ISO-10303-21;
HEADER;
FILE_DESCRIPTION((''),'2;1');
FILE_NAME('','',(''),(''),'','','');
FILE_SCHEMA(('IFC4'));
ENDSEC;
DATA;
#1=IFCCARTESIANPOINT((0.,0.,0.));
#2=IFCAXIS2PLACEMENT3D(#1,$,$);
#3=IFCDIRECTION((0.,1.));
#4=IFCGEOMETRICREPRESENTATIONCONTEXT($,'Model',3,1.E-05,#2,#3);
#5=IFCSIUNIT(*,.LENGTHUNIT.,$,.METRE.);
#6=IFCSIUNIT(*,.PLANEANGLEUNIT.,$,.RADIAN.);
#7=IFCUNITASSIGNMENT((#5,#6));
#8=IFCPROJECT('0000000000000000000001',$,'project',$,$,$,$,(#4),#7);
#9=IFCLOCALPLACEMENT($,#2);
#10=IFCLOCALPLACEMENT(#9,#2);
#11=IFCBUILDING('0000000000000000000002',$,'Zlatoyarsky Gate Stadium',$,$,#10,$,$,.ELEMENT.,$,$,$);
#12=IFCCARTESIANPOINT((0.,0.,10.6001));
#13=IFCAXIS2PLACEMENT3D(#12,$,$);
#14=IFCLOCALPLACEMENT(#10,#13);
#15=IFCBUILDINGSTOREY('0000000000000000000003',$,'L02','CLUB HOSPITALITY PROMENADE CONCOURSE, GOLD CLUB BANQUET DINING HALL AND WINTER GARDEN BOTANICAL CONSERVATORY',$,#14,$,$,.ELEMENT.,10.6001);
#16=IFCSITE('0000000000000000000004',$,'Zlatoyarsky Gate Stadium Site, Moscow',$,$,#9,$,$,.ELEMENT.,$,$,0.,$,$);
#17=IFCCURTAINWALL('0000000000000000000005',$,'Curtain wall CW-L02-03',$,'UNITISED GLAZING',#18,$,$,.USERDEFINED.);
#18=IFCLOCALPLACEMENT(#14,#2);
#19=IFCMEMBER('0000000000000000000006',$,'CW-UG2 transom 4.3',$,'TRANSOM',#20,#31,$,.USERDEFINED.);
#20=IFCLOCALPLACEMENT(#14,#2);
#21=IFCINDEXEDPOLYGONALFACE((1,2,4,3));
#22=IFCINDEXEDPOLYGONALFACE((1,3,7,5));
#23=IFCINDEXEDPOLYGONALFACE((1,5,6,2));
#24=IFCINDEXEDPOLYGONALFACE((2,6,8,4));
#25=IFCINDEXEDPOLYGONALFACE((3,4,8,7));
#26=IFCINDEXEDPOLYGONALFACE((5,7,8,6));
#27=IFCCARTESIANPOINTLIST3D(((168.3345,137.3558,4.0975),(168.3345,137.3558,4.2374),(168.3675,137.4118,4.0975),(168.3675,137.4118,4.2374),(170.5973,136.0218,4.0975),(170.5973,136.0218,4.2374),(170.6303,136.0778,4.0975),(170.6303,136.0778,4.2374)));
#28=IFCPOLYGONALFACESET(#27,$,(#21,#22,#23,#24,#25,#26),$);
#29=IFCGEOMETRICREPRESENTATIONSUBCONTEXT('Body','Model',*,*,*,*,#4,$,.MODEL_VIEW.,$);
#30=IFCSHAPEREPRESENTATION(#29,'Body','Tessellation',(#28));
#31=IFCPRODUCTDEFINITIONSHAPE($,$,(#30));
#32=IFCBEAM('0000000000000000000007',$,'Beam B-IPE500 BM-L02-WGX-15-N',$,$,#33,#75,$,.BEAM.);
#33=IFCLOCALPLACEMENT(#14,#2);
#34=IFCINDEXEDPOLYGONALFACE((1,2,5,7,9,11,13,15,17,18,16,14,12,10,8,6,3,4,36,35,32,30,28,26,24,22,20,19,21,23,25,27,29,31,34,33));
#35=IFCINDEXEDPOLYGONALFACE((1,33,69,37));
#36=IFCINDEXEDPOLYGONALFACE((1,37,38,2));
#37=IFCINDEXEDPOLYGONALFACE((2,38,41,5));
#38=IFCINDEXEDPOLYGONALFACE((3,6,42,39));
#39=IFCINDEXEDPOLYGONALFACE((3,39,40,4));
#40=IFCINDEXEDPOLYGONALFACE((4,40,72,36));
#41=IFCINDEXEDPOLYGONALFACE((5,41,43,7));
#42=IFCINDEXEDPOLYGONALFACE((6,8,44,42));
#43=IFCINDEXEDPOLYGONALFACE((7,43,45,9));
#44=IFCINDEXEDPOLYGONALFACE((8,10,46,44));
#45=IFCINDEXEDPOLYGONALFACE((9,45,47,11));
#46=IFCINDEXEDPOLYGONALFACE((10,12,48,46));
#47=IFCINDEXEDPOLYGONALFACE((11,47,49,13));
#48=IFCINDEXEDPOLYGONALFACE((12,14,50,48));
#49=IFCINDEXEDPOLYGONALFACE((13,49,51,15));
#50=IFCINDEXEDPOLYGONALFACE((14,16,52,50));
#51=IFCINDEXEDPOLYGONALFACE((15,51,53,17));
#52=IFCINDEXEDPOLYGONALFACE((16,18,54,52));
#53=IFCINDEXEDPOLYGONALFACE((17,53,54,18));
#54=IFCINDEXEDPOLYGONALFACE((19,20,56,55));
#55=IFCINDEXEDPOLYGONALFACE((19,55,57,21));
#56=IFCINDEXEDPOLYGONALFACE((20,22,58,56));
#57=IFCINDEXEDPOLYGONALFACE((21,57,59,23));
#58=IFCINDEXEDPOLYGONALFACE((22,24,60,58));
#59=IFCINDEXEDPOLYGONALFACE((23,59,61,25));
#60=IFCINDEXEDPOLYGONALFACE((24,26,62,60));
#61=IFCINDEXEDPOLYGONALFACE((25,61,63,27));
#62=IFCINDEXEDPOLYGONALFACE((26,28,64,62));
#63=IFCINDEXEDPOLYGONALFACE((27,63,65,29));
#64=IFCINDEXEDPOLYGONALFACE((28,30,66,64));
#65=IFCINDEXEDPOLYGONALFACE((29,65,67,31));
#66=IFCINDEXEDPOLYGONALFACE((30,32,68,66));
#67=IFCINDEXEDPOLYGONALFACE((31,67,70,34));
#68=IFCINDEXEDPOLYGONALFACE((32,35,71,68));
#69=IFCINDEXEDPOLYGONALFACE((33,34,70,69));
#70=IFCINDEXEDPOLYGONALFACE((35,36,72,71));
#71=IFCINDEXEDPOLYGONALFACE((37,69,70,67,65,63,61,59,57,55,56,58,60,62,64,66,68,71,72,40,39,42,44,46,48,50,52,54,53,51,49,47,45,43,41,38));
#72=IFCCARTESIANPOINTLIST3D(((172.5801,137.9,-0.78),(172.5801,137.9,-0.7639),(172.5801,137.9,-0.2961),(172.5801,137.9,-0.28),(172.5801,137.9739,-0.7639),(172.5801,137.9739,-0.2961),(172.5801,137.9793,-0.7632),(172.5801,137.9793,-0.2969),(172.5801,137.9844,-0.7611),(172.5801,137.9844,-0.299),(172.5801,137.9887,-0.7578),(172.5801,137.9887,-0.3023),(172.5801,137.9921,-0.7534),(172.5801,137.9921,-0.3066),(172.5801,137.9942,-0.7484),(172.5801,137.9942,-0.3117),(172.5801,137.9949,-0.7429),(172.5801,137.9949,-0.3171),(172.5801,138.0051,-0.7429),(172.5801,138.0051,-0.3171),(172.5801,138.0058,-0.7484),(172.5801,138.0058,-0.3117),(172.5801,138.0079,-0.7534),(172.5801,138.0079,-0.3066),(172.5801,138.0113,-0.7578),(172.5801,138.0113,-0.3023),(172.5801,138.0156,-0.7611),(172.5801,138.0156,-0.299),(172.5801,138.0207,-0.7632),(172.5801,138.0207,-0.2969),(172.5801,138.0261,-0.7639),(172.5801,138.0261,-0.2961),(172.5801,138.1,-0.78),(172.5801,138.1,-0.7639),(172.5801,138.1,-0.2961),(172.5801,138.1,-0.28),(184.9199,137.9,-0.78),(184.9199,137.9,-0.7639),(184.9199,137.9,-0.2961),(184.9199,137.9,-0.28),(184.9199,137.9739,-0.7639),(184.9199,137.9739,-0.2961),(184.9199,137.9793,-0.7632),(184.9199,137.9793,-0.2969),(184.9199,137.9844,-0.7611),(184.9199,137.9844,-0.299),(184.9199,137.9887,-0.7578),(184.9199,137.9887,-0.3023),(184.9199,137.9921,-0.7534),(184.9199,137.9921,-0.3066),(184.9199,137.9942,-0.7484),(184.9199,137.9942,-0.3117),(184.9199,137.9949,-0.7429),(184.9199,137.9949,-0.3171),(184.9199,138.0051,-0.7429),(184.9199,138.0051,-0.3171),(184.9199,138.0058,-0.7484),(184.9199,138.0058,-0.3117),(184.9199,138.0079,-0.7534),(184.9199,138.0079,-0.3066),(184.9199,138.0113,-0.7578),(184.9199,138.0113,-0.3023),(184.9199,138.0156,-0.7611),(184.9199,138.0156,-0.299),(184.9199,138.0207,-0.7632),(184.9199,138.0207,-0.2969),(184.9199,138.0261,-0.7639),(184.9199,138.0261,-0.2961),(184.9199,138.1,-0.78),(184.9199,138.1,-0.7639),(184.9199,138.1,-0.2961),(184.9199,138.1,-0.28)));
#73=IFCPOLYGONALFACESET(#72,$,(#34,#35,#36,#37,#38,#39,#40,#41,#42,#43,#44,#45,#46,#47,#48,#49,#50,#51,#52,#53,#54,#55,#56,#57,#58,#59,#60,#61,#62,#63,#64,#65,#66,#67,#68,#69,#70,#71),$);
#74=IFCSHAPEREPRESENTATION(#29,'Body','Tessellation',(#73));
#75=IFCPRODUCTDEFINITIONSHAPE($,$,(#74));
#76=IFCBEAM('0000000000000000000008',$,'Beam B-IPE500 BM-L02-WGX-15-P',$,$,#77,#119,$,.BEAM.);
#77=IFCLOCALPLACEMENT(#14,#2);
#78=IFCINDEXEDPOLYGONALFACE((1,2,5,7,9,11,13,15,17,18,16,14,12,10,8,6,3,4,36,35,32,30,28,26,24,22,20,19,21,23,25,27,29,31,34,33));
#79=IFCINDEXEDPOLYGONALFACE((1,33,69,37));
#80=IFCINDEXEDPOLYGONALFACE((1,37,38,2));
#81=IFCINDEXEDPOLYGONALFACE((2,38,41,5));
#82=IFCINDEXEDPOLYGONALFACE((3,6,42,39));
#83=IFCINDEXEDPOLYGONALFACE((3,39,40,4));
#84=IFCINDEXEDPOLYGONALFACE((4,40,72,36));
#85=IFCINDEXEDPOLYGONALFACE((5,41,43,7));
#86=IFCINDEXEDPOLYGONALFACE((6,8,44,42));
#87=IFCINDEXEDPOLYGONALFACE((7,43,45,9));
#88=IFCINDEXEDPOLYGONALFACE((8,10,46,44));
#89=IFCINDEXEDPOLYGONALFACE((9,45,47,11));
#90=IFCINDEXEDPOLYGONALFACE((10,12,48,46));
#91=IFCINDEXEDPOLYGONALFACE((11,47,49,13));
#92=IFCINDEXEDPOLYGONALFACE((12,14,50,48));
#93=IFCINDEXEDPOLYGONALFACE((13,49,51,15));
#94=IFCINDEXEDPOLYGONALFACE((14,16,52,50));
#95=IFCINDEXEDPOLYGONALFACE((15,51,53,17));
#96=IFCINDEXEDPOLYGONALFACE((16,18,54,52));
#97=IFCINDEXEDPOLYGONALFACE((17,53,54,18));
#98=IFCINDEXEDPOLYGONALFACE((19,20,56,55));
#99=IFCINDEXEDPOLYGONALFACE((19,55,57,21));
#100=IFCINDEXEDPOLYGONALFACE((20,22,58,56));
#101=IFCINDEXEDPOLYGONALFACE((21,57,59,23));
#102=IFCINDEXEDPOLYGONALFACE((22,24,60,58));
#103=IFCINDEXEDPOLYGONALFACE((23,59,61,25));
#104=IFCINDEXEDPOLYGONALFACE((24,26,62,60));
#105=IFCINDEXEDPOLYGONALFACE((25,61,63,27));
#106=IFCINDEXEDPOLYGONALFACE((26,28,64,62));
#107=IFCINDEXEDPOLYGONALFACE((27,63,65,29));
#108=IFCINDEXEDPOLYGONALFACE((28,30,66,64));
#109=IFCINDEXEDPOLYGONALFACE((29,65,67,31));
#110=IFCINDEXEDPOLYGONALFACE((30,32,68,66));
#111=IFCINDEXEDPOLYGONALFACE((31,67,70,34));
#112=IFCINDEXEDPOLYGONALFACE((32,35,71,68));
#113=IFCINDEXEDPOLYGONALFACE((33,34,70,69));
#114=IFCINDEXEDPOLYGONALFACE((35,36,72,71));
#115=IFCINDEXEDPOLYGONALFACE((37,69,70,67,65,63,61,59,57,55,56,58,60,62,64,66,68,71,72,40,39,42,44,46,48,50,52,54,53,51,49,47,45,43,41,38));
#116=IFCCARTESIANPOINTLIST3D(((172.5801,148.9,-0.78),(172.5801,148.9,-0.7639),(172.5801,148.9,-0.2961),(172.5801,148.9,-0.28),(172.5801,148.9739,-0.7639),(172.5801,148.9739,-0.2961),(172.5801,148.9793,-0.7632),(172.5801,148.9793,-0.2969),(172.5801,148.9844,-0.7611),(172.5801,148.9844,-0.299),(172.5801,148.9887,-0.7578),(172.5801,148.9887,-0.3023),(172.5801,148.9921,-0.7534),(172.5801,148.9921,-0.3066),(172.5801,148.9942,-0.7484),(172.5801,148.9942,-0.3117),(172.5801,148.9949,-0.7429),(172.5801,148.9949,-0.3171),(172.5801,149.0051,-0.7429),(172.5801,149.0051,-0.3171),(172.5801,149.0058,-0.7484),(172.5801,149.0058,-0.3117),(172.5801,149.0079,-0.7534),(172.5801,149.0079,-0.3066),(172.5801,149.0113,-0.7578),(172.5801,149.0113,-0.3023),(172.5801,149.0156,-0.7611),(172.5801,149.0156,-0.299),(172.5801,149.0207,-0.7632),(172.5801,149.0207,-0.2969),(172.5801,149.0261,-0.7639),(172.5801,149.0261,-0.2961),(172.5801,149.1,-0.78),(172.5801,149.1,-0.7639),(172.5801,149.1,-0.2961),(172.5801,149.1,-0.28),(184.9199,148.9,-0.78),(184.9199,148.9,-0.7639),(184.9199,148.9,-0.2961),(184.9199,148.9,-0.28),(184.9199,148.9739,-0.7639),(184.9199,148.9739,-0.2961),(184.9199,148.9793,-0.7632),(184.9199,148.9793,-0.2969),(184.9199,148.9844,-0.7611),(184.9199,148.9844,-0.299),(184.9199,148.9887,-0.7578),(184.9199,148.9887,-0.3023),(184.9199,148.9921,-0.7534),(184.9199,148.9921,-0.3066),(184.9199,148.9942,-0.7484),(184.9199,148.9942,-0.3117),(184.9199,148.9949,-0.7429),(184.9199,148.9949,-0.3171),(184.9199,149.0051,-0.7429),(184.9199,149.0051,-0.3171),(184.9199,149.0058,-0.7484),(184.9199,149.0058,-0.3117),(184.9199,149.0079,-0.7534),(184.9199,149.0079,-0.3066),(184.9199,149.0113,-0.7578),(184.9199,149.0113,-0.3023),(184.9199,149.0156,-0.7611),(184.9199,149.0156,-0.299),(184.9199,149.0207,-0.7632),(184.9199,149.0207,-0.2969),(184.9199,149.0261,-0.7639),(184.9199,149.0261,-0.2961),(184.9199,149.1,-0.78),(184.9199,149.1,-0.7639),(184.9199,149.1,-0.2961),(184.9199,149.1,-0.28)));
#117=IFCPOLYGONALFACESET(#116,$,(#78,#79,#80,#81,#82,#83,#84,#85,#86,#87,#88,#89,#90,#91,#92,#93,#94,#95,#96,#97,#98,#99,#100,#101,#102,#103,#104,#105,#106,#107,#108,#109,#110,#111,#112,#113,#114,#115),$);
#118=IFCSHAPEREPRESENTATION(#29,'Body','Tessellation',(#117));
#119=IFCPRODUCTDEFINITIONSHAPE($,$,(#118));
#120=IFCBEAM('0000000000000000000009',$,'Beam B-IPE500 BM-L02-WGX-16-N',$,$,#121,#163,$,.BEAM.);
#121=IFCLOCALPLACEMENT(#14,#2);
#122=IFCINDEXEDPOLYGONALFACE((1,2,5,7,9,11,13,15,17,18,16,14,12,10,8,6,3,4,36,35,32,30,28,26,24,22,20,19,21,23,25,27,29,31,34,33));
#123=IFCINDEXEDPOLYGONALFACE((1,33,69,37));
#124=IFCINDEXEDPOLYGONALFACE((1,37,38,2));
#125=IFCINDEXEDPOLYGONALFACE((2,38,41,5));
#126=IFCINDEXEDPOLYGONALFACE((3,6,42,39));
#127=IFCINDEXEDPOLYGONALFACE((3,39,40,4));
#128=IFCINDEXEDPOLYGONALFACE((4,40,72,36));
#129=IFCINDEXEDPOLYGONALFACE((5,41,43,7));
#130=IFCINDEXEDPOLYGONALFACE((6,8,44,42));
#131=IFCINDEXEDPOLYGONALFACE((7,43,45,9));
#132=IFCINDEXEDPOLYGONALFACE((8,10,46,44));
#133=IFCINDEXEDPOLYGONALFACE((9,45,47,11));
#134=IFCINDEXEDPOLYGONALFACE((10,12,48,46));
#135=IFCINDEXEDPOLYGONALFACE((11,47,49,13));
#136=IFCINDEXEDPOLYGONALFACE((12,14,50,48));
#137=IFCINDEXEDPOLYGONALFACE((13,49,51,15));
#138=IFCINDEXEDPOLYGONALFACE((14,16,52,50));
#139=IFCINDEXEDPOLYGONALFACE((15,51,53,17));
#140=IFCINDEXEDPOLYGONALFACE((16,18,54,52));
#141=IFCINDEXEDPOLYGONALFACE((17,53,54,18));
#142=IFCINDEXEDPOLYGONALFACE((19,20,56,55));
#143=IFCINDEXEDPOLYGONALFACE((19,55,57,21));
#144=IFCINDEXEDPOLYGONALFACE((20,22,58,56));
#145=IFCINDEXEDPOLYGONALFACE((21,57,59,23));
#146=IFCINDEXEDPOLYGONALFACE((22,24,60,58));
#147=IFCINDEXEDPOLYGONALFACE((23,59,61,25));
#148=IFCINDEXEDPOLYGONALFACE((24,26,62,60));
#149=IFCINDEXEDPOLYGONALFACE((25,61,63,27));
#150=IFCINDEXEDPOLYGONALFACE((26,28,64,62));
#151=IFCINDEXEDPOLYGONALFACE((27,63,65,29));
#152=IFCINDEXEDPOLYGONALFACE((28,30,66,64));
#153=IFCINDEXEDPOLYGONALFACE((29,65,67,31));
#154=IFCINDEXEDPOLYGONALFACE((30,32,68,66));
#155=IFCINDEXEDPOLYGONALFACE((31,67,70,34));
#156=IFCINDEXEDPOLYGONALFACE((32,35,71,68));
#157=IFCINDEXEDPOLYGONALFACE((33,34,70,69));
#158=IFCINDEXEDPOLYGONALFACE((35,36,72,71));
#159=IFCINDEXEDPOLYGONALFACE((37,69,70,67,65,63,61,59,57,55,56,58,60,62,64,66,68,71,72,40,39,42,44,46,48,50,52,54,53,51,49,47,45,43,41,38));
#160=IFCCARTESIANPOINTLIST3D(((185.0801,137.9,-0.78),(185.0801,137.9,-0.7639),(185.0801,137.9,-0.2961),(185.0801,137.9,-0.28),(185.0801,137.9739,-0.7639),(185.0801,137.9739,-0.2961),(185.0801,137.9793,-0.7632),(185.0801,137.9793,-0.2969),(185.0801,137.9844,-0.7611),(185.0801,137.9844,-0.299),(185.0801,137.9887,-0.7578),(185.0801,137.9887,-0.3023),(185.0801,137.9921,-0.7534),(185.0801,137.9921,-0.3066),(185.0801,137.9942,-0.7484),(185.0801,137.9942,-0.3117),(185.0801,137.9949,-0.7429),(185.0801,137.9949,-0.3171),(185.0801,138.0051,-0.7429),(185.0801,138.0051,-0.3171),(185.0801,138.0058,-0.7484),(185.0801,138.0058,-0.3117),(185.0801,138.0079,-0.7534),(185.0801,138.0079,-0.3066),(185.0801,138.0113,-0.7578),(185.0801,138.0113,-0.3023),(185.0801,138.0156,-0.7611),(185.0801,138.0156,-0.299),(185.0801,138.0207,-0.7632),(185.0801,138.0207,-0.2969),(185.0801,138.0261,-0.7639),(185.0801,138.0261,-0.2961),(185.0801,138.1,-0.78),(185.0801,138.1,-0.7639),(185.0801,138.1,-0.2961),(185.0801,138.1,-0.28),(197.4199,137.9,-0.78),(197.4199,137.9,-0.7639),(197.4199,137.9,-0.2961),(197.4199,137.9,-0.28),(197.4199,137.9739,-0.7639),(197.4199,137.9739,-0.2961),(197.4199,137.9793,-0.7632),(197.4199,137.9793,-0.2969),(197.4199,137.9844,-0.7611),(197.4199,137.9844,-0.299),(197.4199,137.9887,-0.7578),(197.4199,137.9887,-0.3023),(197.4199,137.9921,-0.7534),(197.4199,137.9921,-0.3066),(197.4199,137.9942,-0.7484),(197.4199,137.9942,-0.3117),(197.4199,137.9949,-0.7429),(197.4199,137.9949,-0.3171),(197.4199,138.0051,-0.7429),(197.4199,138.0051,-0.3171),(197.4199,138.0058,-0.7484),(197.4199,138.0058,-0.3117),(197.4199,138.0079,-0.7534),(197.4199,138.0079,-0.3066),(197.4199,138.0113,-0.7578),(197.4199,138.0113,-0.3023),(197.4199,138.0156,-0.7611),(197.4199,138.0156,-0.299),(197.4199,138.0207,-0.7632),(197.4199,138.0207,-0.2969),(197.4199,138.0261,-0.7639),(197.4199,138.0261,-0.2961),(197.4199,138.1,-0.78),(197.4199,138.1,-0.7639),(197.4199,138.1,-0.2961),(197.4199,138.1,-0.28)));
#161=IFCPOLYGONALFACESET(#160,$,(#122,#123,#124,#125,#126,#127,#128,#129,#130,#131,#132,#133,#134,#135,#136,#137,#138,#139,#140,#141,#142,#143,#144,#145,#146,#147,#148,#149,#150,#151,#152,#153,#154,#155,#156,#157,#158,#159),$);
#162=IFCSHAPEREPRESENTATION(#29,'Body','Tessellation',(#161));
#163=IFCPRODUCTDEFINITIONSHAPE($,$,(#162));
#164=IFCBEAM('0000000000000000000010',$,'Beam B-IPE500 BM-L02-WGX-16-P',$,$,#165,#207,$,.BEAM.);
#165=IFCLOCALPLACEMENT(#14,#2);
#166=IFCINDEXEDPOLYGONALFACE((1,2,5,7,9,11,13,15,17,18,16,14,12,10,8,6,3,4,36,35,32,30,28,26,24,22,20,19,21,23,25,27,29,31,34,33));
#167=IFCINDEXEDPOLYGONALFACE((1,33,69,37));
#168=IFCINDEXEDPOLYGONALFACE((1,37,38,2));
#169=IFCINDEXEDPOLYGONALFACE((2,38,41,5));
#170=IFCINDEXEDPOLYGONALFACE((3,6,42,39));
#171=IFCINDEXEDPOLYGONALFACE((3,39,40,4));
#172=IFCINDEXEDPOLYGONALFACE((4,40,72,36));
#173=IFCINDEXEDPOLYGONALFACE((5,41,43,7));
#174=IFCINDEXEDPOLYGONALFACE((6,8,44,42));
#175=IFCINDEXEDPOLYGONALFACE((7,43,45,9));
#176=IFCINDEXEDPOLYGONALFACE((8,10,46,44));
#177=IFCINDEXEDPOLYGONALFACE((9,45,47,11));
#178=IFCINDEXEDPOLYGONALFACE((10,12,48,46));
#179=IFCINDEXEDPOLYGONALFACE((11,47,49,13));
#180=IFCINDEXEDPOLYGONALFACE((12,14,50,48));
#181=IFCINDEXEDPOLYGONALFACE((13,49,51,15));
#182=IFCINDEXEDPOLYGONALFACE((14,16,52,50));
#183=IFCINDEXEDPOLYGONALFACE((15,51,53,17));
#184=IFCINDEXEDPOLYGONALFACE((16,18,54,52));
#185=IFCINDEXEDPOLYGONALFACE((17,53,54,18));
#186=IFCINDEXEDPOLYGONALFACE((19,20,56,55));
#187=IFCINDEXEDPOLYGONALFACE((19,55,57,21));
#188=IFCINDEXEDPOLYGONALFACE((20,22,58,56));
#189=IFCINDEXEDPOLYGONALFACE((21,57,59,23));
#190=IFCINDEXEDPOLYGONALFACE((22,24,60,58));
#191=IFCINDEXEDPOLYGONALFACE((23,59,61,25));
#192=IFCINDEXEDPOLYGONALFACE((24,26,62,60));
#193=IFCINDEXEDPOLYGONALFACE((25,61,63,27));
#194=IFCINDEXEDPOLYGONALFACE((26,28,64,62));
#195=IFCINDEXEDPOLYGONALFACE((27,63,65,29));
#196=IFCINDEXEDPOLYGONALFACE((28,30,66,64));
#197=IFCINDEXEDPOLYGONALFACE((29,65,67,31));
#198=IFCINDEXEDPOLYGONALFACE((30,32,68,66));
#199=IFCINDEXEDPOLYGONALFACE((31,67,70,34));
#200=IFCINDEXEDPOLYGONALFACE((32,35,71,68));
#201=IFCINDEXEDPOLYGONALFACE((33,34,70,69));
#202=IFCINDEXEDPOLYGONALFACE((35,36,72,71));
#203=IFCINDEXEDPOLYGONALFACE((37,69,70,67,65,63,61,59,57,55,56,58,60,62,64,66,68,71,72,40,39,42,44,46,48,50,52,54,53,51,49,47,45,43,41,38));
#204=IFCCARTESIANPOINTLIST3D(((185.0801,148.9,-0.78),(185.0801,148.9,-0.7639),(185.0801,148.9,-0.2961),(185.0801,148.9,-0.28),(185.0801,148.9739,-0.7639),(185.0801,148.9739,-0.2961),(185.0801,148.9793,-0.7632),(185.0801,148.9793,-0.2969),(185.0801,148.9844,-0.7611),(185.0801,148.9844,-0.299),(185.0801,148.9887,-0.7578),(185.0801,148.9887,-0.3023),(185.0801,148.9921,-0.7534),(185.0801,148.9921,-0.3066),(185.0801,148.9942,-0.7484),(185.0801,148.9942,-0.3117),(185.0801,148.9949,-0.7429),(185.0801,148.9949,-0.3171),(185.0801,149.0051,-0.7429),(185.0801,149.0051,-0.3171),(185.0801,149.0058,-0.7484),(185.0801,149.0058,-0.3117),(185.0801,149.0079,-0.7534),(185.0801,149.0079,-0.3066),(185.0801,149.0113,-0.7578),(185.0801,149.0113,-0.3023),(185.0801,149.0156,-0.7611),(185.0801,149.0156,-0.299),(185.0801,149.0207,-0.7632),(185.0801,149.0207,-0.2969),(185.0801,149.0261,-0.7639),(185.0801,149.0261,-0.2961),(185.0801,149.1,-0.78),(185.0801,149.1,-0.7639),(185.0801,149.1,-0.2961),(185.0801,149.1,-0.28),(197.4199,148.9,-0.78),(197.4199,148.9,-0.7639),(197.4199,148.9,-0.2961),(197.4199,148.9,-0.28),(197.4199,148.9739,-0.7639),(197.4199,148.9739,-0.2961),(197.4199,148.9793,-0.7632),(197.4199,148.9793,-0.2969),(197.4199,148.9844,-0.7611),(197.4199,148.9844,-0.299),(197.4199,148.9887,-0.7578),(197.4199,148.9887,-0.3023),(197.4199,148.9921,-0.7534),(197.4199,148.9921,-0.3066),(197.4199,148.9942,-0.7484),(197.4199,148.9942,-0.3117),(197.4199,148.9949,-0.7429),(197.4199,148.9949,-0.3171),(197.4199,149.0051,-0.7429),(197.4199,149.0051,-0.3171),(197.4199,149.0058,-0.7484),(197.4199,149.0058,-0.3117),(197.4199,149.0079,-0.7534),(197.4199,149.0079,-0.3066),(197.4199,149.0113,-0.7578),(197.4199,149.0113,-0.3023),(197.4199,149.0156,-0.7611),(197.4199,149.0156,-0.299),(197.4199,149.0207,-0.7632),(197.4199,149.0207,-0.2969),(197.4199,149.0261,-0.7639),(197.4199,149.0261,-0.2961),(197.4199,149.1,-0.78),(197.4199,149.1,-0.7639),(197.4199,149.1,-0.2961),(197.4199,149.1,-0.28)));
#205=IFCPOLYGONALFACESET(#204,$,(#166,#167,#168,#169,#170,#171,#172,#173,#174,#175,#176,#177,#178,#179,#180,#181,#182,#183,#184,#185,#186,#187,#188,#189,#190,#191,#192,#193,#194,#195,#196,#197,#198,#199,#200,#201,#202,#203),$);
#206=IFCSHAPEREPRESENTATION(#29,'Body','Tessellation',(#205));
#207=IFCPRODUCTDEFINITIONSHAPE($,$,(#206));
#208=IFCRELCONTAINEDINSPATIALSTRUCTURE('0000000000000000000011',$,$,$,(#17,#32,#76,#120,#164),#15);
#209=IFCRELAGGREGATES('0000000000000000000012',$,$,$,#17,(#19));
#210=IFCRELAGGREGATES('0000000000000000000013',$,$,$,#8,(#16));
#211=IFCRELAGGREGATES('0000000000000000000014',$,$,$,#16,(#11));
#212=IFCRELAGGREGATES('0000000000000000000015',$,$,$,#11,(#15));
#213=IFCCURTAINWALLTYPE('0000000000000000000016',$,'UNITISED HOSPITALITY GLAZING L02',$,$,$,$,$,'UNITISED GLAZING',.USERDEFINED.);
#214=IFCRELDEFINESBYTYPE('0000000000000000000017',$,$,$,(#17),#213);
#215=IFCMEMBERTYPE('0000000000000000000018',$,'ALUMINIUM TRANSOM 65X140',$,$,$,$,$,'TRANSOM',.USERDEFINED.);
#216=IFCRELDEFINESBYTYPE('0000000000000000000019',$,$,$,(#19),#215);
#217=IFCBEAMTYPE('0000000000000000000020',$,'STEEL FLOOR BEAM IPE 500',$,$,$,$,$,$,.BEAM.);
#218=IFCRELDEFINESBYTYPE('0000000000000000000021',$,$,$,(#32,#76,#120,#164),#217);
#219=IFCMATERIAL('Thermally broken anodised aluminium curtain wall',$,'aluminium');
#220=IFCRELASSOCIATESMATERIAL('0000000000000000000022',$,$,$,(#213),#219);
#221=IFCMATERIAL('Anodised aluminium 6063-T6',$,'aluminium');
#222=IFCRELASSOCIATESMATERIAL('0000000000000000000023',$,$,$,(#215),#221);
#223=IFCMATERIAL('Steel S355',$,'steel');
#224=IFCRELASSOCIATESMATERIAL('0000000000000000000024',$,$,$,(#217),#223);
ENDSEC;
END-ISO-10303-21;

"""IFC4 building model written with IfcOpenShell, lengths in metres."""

from ifc_helpers import new_model, si_unit, direction, frame, origin, origin_2d, place, context, subcontext, project, spatial, rectangle, i_section, extrude, material, material_profile, profile_set, type_object, element, aggregate, save


model = new_model("IFC4")

# Units and contexts
model_context = context("Model", 3, precision=1e-05, world=origin(), true_north=direction((0.0, 1.0)))
body_context = subcontext(model_context, "Body", "Model", "MODEL_VIEW")
ifc_project = project(units=[si_unit("LENGTHUNIT", "METRE"), si_unit("PLANEANGLEUNIT", "RADIAN")], contexts=[model_context])

# Site, building, storey
site_placement = place(None, origin())
site = spatial("IfcSite", under=ifc_project, at=site_placement, Name="Zlatoyarsky Gate Stadium Site, Moscow", CompositionType="ELEMENT", RefElevation=0.0)
building_placement = place(site_placement, origin())
building = spatial("IfcBuilding", under=site, at=building_placement, Name="Zlatoyarsky Gate Stadium", CompositionType="ELEMENT")
storey_placement = place(building_placement, frame((0.0, 0.0, 10.6001)))
storey = spatial("IfcBuildingStorey", under=building, at=storey_placement, Name="L02", Description="CLUB HOSPITALITY PROMENADE CONCOURSE, GOLD CLUB BANQUET DINING HALL AND WINTER GARDEN BOTANICAL CONSERVATORY", CompositionType="ELEMENT", Elevation=10.6001)

# Curtain wall, member
ifc_material_1 = material(Name="Thermally broken anodised aluminium curtain wall", Category="aluminium")
curtain_wall_type = type_object("IfcCurtainWallType", Name="UNITISED HOSPITALITY GLAZING L02", ElementType="UNITISED GLAZING", PredefinedType="USERDEFINED", material=ifc_material_1)
curtain_wall_placement = place(storey_placement, origin())
curtain_wall = element("IfcCurtainWall", 1, at=curtain_wall_placement, inside=storey, type_object=curtain_wall_type, Name="Curtain wall CW-L02-03", ObjectType="UNITISED GLAZING", PredefinedType="USERDEFINED")
ifc_material_2 = material(Name="Anodised aluminium 6063-T6", Category="aluminium")
ifc_material_profile_1 = material_profile(ifc_material_2, rectangle(XDim=0.0649, YDim=0.1399, at=origin_2d()), Name="ALU 65X140")
ifc_profile_set_1 = profile_set([ifc_material_profile_1], Name="Anodised aluminium 6063-T6")
member_type_1 = type_object("IfcMemberType", Name="ALUMINIUM TRANSOM 65X140", ElementType="TRANSOM", PredefinedType="USERDEFINED", material=ifc_profile_set_1)
member_placement = place(storey_placement, frame((170.6138, 136.0498, 4.1675), z_axis=(-0.861437, 0.507865, 0.0), x_axis=(-0.507865, -0.861437, 0.0)))
member = element("IfcMember", 2, at=member_placement, type_object=member_type_1, Name="CW-UG2 transom 4.3", ObjectType="TRANSOM", PredefinedType="USERDEFINED", context=body_context, shape_type="SweptSolid", body=[
    extrude(rectangle(XDim=0.0649, YDim=0.1399, at=origin_2d()), origin(), (0.0, 0.0, 1.0), 2.6267),
])
aggregate(curtain_wall, [member])

# Beams
ifc_material_3 = material(Name="Steel S355", Category="steel")
ifc_material_profile_2 = material_profile(ifc_material_3, i_section(OverallWidth=0.2, OverallDepth=0.5, WebThickness=0.0103, FlangeThickness=0.0161, FilletRadius=0.021, at=origin_2d()), Name="IPE 500")
ifc_profile_set_2 = profile_set([ifc_material_profile_2], Name="Steel S355")
beam_type_1 = type_object("IfcBeamType", Name="STEEL FLOOR BEAM IPE 500", PredefinedType="BEAM", material=ifc_profile_set_2)
for number, where, z_axis, x_axis, name in (
    (3, (172.5801, 138.0, -0.53), (1.0, 0.0, 0.0), (0.0, 1.0, 0.0), "Beam B-IPE500 BM-L02-WGX-15-N"),
    (4, (172.5801, 149.0, -0.53), (1.0, 0.0, 0.0), (0.0, 1.0, 0.0), "Beam B-IPE500 BM-L02-WGX-15-P"),
    (5, (185.0801, 138.0, -0.53), (1.0, 0.0, 0.0), (0.0, 1.0, 0.0), "Beam B-IPE500 BM-L02-WGX-16-N"),
    (6, (185.0801, 149.0, -0.53), (1.0, 0.0, 0.0), (0.0, 1.0, 0.0), "Beam B-IPE500 BM-L02-WGX-16-P"),
):
    element("IfcBeam", number, at=place(storey_placement, frame(where, z_axis=z_axis, x_axis=x_axis)), inside=storey, type_object=beam_type_1, Name=name, PredefinedType="BEAM", context=body_context, shape_type="SweptSolid", body=[
        extrude(i_section(OverallWidth=0.2, OverallDepth=0.5, WebThickness=0.0103, FlangeThickness=0.0161, FilletRadius=0.021, at=origin_2d()), origin(), (0.0, 0.0, 1.0), 12.3398),
    ])

save(model, "model.ifc")
